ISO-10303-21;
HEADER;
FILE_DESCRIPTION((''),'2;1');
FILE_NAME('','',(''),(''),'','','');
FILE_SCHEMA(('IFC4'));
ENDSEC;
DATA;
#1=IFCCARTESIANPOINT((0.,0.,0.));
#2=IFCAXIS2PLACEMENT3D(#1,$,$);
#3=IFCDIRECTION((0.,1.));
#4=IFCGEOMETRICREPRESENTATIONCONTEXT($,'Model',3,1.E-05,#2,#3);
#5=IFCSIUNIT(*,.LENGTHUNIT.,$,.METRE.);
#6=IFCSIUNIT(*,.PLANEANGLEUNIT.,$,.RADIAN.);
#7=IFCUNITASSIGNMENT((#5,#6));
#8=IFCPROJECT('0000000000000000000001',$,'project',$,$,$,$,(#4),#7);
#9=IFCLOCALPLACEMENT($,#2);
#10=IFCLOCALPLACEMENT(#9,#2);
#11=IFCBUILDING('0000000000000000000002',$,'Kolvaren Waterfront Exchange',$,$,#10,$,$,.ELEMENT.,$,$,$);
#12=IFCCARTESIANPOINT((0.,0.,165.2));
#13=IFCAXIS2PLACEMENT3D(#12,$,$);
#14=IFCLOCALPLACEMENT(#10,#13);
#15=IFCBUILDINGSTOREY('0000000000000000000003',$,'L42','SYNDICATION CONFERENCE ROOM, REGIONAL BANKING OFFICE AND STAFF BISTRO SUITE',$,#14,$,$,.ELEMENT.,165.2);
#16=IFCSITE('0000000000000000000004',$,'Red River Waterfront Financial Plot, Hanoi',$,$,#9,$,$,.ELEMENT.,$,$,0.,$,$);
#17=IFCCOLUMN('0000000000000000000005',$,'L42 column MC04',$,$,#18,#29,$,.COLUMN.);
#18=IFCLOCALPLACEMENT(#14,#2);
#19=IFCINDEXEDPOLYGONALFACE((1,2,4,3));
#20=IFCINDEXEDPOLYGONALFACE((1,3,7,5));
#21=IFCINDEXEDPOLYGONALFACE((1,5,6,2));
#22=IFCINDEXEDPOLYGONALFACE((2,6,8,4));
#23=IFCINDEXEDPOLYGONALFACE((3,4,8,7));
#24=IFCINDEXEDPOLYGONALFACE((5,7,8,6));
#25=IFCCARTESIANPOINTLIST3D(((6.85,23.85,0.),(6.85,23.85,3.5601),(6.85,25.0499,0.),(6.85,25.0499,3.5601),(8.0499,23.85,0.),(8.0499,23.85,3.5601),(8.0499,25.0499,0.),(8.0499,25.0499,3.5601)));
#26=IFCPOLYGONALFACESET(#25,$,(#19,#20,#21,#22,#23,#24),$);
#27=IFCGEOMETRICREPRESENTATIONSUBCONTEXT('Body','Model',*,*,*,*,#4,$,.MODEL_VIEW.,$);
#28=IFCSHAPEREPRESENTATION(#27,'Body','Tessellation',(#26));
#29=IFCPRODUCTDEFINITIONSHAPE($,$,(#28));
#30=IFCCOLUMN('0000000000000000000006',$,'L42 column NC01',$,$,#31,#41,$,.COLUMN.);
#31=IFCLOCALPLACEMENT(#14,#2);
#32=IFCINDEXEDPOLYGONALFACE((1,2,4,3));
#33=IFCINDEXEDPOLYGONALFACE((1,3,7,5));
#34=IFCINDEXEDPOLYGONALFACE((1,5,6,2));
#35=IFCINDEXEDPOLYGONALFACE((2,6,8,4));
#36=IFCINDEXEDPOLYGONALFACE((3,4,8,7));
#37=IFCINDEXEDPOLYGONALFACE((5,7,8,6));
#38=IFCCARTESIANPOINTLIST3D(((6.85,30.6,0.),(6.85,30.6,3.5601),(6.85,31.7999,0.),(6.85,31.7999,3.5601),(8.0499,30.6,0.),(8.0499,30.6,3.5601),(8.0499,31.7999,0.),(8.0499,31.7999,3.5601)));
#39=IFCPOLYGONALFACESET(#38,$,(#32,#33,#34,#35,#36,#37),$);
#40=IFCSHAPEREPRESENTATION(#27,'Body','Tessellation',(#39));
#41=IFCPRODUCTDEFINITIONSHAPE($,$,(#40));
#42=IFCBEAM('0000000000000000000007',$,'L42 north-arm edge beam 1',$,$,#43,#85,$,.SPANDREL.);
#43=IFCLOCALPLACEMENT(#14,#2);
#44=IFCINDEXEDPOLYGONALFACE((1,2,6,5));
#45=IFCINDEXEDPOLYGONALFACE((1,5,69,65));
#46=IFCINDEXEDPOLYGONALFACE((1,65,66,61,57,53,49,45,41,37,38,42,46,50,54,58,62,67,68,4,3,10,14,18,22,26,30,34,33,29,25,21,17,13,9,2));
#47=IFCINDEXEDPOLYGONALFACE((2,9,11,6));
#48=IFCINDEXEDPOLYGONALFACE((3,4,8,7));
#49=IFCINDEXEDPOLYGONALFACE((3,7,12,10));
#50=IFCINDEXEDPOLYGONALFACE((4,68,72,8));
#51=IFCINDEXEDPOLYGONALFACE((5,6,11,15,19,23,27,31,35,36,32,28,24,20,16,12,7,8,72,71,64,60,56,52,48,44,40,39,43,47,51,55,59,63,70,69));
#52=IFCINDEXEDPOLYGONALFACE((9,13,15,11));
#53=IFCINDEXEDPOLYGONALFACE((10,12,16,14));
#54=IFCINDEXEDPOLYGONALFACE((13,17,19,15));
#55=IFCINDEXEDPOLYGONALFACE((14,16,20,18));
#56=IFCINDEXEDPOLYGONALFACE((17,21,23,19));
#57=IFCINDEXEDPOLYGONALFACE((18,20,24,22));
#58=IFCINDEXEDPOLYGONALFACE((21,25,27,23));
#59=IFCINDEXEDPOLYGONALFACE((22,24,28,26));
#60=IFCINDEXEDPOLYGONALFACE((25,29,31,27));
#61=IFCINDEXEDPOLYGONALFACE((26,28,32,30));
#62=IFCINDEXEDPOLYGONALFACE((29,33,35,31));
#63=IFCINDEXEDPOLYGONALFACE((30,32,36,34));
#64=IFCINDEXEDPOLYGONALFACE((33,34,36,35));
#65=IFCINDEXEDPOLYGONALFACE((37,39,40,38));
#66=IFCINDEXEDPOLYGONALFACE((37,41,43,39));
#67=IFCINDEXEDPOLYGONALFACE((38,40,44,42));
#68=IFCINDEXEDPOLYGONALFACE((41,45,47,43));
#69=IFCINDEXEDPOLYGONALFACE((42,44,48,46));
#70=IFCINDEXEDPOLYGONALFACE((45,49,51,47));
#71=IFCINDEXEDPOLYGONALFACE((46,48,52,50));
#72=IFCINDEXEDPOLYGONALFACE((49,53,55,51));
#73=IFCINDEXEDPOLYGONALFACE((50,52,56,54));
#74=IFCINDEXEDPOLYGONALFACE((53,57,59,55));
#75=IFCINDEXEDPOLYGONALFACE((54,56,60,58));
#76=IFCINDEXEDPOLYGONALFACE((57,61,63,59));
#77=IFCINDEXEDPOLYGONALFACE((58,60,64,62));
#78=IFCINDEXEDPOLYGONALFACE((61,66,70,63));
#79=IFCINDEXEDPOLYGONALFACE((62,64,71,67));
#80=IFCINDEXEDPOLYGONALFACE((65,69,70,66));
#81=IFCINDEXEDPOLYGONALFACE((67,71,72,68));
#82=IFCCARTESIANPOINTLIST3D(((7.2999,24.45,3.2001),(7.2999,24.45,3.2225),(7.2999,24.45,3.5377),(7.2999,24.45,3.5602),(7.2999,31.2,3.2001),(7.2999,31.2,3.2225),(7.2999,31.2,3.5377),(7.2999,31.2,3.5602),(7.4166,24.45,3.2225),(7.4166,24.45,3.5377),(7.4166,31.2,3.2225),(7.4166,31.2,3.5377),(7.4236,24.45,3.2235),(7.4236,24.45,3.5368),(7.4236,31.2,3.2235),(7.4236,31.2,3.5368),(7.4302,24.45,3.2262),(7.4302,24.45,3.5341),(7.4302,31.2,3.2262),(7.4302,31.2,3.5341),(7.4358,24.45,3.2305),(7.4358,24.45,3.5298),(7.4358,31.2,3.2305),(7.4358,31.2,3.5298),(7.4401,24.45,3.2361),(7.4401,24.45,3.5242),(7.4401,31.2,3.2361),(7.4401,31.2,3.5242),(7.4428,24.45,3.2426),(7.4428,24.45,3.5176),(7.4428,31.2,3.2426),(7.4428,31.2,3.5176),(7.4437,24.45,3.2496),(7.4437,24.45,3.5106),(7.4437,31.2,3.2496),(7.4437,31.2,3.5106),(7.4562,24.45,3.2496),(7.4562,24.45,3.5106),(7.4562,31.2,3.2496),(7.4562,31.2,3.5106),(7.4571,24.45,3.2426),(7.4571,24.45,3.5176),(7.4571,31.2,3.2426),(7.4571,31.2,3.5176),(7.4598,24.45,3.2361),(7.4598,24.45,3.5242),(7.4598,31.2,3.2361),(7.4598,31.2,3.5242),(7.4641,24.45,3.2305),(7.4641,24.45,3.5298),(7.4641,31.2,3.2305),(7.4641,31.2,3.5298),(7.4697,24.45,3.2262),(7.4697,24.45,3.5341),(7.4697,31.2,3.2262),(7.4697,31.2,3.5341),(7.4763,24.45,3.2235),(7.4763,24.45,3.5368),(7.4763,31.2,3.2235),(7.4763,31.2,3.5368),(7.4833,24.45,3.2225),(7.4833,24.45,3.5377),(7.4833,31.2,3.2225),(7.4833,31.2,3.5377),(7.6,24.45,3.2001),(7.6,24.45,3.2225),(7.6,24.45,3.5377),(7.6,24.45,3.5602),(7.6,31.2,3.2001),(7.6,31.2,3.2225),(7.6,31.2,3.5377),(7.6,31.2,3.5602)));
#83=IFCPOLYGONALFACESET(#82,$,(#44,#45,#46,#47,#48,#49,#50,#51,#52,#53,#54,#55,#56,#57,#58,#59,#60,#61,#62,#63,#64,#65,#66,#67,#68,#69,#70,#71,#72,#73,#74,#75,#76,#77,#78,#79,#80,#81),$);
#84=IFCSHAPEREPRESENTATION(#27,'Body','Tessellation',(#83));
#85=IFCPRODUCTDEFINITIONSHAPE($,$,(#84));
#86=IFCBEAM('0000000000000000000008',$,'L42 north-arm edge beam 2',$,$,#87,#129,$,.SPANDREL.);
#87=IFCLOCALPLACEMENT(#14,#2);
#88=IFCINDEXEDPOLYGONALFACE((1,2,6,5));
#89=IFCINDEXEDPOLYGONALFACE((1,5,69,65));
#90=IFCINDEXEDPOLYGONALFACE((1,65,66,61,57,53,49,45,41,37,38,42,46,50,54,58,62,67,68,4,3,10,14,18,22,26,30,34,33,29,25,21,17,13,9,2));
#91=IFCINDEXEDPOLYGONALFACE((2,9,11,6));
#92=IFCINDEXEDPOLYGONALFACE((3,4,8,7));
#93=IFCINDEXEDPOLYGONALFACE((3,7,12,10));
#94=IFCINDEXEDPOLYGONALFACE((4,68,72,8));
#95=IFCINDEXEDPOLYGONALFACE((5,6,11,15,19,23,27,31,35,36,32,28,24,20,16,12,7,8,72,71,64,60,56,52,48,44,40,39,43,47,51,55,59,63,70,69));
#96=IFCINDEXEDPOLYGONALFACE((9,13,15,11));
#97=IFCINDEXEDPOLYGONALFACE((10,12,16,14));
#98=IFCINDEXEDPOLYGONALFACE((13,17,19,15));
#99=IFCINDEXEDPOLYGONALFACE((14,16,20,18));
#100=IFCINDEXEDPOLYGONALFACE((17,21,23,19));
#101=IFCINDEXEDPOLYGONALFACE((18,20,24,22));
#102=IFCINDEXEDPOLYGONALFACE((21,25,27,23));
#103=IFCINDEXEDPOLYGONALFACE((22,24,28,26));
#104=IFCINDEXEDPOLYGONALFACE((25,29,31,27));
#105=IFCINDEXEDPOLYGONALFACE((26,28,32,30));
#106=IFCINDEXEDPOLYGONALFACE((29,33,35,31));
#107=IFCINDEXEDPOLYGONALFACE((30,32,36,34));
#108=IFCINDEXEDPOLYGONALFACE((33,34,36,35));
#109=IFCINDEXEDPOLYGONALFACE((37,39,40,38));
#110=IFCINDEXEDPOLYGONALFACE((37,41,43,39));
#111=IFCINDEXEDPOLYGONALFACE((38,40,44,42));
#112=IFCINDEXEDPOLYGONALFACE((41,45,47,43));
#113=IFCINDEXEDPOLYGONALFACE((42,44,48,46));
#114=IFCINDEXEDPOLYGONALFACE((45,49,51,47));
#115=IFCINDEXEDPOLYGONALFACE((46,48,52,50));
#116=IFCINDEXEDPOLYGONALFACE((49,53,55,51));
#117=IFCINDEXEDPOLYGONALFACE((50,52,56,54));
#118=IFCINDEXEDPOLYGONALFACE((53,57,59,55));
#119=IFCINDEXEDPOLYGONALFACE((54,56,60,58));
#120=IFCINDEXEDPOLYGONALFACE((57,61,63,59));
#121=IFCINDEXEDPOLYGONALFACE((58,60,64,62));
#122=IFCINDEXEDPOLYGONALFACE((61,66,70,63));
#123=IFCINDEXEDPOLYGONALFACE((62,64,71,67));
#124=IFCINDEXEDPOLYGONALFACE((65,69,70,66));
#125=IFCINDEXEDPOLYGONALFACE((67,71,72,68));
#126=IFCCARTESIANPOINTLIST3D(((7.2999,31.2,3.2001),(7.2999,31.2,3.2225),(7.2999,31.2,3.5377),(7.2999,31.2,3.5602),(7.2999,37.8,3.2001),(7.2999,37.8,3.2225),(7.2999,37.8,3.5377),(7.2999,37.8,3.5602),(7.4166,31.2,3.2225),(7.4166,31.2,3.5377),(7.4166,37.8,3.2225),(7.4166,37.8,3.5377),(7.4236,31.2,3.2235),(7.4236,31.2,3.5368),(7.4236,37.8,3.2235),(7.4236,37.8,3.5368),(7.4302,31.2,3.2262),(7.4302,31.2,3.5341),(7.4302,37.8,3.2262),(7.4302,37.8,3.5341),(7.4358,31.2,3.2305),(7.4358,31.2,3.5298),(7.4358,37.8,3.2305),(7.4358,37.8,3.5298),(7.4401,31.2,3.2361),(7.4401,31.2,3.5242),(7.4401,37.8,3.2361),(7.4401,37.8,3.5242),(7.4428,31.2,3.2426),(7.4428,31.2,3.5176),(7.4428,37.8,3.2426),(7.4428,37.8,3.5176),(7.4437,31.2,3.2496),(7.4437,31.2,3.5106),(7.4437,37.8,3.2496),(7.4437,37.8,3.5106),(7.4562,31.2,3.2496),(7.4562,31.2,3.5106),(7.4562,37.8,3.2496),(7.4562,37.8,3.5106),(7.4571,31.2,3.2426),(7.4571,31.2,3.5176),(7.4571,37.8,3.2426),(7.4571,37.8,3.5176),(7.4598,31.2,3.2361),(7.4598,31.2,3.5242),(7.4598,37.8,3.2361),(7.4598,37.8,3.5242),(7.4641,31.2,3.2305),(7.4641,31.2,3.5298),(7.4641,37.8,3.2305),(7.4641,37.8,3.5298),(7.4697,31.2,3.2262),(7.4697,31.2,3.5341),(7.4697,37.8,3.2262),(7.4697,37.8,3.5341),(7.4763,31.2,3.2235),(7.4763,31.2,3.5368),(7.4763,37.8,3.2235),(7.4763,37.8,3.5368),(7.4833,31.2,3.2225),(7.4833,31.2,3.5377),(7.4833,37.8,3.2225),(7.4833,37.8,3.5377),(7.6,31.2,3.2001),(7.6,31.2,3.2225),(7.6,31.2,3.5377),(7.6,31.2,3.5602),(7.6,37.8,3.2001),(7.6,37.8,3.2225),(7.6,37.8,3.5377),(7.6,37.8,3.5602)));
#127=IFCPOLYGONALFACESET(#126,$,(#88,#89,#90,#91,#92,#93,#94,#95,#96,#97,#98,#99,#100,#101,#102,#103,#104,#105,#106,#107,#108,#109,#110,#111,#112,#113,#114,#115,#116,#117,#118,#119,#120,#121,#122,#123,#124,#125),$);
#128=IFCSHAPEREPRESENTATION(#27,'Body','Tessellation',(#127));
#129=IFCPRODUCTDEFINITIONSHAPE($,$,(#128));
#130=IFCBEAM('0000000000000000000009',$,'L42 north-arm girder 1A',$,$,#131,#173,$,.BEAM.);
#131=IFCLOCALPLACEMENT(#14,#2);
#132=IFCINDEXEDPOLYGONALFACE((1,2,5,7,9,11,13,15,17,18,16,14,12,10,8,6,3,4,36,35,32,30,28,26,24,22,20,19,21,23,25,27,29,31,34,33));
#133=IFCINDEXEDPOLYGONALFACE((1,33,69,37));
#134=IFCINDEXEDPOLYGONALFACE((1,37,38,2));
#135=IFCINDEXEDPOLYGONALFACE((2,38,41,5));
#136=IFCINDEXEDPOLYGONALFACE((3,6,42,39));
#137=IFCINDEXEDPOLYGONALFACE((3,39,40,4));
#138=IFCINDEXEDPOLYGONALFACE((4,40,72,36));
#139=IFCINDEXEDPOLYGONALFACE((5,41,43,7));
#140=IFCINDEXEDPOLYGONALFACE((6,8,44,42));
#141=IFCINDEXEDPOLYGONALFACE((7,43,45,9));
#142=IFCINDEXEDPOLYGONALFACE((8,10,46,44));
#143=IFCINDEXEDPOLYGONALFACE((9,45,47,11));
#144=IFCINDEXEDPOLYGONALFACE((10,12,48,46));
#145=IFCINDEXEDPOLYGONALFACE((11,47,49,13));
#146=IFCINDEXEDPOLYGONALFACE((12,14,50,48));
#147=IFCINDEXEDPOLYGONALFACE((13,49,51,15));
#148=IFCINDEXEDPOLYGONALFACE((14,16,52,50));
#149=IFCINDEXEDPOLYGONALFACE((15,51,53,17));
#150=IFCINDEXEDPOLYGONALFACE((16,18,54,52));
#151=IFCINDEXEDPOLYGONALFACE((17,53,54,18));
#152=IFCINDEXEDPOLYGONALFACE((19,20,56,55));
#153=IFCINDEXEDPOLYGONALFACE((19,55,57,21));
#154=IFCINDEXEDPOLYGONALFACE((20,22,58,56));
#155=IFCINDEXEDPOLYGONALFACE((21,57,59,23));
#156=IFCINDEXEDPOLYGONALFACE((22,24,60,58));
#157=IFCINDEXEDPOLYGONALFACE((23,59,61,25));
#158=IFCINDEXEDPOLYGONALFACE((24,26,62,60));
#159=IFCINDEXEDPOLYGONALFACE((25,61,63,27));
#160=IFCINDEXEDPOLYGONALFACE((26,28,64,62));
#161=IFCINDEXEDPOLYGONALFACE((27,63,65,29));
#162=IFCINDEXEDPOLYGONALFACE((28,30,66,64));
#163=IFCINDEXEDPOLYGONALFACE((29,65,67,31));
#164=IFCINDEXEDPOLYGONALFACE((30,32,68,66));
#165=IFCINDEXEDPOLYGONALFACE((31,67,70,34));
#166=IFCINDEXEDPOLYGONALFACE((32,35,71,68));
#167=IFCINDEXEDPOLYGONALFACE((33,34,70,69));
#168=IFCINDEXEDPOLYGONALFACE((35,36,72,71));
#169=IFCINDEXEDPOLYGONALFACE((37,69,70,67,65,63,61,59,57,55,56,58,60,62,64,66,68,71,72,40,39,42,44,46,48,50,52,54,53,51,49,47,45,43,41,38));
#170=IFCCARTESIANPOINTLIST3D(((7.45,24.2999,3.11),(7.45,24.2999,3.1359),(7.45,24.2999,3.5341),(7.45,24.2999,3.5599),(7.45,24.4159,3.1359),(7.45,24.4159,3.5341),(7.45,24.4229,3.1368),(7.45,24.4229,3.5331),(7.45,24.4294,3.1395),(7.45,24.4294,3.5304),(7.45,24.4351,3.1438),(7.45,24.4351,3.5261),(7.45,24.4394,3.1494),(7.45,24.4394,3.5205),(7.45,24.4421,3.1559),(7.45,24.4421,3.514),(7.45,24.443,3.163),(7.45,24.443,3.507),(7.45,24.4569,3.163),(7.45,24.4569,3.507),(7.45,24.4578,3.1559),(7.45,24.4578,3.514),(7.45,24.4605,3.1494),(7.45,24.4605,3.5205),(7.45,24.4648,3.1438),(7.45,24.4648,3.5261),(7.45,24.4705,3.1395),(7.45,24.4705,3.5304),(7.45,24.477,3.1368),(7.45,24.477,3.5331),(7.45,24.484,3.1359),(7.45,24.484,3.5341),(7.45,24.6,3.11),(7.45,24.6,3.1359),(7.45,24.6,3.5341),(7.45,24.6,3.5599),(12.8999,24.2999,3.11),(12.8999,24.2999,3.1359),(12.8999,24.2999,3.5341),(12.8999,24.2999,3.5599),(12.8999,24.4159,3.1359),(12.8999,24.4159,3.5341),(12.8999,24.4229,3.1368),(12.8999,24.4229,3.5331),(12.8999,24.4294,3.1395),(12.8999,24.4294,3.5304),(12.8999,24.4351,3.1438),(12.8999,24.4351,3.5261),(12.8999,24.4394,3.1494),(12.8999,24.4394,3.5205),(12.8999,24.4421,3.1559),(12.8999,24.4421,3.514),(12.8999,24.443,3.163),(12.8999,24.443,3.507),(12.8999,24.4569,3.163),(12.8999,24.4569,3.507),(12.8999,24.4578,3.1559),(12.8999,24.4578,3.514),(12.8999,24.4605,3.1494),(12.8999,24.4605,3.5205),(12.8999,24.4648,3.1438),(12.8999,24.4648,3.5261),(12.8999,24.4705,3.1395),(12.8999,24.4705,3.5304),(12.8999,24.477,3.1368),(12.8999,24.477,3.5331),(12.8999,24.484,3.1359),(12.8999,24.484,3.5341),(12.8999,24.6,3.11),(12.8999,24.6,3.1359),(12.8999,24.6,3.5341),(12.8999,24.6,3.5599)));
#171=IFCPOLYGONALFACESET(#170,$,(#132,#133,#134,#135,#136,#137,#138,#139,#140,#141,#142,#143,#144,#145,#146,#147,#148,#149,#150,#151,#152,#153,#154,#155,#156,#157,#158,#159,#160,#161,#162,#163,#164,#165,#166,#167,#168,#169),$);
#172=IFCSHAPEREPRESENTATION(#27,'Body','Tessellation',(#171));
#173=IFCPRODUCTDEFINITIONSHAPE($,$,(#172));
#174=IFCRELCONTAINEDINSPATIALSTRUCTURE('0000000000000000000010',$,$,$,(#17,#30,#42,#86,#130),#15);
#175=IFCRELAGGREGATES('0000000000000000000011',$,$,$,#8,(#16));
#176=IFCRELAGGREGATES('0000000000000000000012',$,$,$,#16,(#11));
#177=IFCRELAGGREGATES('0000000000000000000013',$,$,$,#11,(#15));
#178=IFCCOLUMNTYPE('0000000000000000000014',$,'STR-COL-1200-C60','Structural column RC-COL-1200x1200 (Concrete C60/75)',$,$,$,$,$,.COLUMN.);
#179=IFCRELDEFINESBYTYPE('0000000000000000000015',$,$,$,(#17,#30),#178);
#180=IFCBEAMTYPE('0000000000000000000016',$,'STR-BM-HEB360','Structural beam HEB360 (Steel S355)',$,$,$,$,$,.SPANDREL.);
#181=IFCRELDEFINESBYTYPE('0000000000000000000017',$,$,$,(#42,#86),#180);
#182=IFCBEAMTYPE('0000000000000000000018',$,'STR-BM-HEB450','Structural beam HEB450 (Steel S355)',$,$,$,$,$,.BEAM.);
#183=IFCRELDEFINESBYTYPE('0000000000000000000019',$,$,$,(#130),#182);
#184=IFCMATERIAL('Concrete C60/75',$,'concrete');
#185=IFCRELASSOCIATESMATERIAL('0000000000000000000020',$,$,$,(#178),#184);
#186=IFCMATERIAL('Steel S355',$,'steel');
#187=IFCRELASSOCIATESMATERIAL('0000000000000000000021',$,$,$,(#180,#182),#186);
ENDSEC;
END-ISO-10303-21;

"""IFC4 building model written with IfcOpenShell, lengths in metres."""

from ifc_helpers import new_model, si_unit, direction, frame, origin, origin_2d, place, context, subcontext, project, spatial, rectangle, i_section, extrude, material, material_profile, profile_set, type_object, element, save


model = new_model("IFC4")

# Units and contexts
model_context = context("Model", 3, precision=1e-05, world=origin(), true_north=direction((0.0, 1.0)))
body_context = subcontext(model_context, "Body", "Model", "MODEL_VIEW")
ifc_project = project(units=[si_unit("LENGTHUNIT", "METRE"), si_unit("PLANEANGLEUNIT", "RADIAN")], contexts=[model_context])

# Site, building, storey
site_placement = place(None, origin())
site = spatial("IfcSite", under=ifc_project, at=site_placement, Name="Red River Waterfront Financial Plot, Hanoi", CompositionType="ELEMENT", RefElevation=0.0)
building_placement = place(site_placement, origin())
building = spatial("IfcBuilding", under=site, at=building_placement, Name="Kolvaren Waterfront Exchange", CompositionType="ELEMENT")
storey_placement = place(building_placement, frame((0.0, 0.0, 165.2)))
storey = spatial("IfcBuildingStorey", under=building, at=storey_placement, Name="L42", Description="SYNDICATION CONFERENCE ROOM, REGIONAL BANKING OFFICE AND STAFF BISTRO SUITE", CompositionType="ELEMENT", Elevation=165.2)

# Columns
ifc_material_1 = material(Name="Concrete C60/75", Category="concrete")
ifc_material_profile_1 = material_profile(ifc_material_1, rectangle(XDim=1.2, YDim=1.2, at=origin_2d()), Name="RC-COL-1200x1200")
ifc_profile_set_1 = profile_set([ifc_material_profile_1], Name="Concrete C60/75")
column_type = type_object("IfcColumnType", Name="STR-COL-1200-C60", Description="Structural column RC-COL-1200x1200 (Concrete C60/75)", PredefinedType="COLUMN", material=ifc_profile_set_1)
for number, where, z_axis, x_axis, name in (
    (1, (7.45, 24.45, 0.0), (0.0, 0.0, 1.0), (1.0, 0.0, 0.0), "L42 column MC04"),
    (2, (7.45, 31.2, 0.0), (0.0, 0.0, 1.0), (1.0, 0.0, 0.0), "L42 column NC01"),
):
    element("IfcColumn", number, at=place(storey_placement, frame(where, z_axis=z_axis, x_axis=x_axis)), inside=storey, type_object=column_type, Name=name, PredefinedType="COLUMN", context=body_context, shape_type="SweptSolid", body=[
        extrude(rectangle(XDim=1.2, YDim=1.2, at=origin_2d()), origin(), (0.0, 0.0, 1.0), 3.5601),
    ])

# Beams
ifc_material_2 = material(Name="Steel S355", Category="steel")
ifc_material_profile_2 = material_profile(ifc_material_2, i_section(OverallWidth=0.3, OverallDepth=0.3601, WebThickness=0.0125, FlangeThickness=0.0225, FilletRadius=0.0271, at=origin_2d()), Name="HEB360")
ifc_profile_set_2 = profile_set([ifc_material_profile_2], Name="Steel S355")
beam_type_1 = type_object("IfcBeamType", Name="STR-BM-HEB360", Description="Structural beam HEB360 (Steel S355)", PredefinedType="SPANDREL", material=ifc_profile_set_2)
beam_1_placement = place(storey_placement, frame((7.45, 24.45, 3.3801), z_axis=(0.0, 1.0, 0.0), x_axis=(-1.0, 0.0, 0.0)))
element("IfcBeam", 3, at=beam_1_placement, inside=storey, type_object=beam_type_1, Name="L42 north-arm edge beam 1", PredefinedType="SPANDREL", context=body_context, shape_type="SweptSolid", body=[
    extrude(i_section(OverallWidth=0.3, OverallDepth=0.3601, WebThickness=0.0125, FlangeThickness=0.0225, FilletRadius=0.0271, at=origin_2d()), origin(), (0.0, 0.0, 1.0), 6.75),
])
beam_2_placement = place(storey_placement, frame((7.45, 31.2, 3.3801), z_axis=(0.0, 1.0, 0.0), x_axis=(-1.0, 0.0, 0.0)))
element("IfcBeam", 4, at=beam_2_placement, inside=storey, type_object=beam_type_1, Name="L42 north-arm edge beam 2", PredefinedType="SPANDREL", context=body_context, shape_type="SweptSolid", body=[
    extrude(i_section(OverallWidth=0.3, OverallDepth=0.3601, WebThickness=0.0125, FlangeThickness=0.0225, FilletRadius=0.0271, at=origin_2d()), origin(), (0.0, 0.0, 1.0), 6.6001),
])
ifc_material_profile_3 = material_profile(ifc_material_2, i_section(OverallWidth=0.3, OverallDepth=0.45, WebThickness=0.0139, FlangeThickness=0.0259, FilletRadius=0.0271, at=origin_2d()), Name="HEB450")
ifc_profile_set_3 = profile_set([ifc_material_profile_3], Name="Steel S355")
beam_type_2 = type_object("IfcBeamType", Name="STR-BM-HEB450", Description="Structural beam HEB450 (Steel S355)", PredefinedType="BEAM", material=ifc_profile_set_3)
for number, where, z_axis, x_axis, name in (
    (5, (7.45, 24.45, 3.335), (1.0, 0.0, 0.0), (0.0, 1.0, 0.0), "L42 north-arm girder 1A"),
):
    element("IfcBeam", number, at=place(storey_placement, frame(where, z_axis=z_axis, x_axis=x_axis)), inside=storey, type_object=beam_type_2, Name=name, PredefinedType="BEAM", context=body_context, shape_type="SweptSolid", body=[
        extrude(i_section(OverallWidth=0.3, OverallDepth=0.45, WebThickness=0.0139, FlangeThickness=0.0259, FilletRadius=0.0271, at=origin_2d()), origin(), (0.0, 0.0, 1.0), 5.45),
    ])

save(model, "model.ifc")
